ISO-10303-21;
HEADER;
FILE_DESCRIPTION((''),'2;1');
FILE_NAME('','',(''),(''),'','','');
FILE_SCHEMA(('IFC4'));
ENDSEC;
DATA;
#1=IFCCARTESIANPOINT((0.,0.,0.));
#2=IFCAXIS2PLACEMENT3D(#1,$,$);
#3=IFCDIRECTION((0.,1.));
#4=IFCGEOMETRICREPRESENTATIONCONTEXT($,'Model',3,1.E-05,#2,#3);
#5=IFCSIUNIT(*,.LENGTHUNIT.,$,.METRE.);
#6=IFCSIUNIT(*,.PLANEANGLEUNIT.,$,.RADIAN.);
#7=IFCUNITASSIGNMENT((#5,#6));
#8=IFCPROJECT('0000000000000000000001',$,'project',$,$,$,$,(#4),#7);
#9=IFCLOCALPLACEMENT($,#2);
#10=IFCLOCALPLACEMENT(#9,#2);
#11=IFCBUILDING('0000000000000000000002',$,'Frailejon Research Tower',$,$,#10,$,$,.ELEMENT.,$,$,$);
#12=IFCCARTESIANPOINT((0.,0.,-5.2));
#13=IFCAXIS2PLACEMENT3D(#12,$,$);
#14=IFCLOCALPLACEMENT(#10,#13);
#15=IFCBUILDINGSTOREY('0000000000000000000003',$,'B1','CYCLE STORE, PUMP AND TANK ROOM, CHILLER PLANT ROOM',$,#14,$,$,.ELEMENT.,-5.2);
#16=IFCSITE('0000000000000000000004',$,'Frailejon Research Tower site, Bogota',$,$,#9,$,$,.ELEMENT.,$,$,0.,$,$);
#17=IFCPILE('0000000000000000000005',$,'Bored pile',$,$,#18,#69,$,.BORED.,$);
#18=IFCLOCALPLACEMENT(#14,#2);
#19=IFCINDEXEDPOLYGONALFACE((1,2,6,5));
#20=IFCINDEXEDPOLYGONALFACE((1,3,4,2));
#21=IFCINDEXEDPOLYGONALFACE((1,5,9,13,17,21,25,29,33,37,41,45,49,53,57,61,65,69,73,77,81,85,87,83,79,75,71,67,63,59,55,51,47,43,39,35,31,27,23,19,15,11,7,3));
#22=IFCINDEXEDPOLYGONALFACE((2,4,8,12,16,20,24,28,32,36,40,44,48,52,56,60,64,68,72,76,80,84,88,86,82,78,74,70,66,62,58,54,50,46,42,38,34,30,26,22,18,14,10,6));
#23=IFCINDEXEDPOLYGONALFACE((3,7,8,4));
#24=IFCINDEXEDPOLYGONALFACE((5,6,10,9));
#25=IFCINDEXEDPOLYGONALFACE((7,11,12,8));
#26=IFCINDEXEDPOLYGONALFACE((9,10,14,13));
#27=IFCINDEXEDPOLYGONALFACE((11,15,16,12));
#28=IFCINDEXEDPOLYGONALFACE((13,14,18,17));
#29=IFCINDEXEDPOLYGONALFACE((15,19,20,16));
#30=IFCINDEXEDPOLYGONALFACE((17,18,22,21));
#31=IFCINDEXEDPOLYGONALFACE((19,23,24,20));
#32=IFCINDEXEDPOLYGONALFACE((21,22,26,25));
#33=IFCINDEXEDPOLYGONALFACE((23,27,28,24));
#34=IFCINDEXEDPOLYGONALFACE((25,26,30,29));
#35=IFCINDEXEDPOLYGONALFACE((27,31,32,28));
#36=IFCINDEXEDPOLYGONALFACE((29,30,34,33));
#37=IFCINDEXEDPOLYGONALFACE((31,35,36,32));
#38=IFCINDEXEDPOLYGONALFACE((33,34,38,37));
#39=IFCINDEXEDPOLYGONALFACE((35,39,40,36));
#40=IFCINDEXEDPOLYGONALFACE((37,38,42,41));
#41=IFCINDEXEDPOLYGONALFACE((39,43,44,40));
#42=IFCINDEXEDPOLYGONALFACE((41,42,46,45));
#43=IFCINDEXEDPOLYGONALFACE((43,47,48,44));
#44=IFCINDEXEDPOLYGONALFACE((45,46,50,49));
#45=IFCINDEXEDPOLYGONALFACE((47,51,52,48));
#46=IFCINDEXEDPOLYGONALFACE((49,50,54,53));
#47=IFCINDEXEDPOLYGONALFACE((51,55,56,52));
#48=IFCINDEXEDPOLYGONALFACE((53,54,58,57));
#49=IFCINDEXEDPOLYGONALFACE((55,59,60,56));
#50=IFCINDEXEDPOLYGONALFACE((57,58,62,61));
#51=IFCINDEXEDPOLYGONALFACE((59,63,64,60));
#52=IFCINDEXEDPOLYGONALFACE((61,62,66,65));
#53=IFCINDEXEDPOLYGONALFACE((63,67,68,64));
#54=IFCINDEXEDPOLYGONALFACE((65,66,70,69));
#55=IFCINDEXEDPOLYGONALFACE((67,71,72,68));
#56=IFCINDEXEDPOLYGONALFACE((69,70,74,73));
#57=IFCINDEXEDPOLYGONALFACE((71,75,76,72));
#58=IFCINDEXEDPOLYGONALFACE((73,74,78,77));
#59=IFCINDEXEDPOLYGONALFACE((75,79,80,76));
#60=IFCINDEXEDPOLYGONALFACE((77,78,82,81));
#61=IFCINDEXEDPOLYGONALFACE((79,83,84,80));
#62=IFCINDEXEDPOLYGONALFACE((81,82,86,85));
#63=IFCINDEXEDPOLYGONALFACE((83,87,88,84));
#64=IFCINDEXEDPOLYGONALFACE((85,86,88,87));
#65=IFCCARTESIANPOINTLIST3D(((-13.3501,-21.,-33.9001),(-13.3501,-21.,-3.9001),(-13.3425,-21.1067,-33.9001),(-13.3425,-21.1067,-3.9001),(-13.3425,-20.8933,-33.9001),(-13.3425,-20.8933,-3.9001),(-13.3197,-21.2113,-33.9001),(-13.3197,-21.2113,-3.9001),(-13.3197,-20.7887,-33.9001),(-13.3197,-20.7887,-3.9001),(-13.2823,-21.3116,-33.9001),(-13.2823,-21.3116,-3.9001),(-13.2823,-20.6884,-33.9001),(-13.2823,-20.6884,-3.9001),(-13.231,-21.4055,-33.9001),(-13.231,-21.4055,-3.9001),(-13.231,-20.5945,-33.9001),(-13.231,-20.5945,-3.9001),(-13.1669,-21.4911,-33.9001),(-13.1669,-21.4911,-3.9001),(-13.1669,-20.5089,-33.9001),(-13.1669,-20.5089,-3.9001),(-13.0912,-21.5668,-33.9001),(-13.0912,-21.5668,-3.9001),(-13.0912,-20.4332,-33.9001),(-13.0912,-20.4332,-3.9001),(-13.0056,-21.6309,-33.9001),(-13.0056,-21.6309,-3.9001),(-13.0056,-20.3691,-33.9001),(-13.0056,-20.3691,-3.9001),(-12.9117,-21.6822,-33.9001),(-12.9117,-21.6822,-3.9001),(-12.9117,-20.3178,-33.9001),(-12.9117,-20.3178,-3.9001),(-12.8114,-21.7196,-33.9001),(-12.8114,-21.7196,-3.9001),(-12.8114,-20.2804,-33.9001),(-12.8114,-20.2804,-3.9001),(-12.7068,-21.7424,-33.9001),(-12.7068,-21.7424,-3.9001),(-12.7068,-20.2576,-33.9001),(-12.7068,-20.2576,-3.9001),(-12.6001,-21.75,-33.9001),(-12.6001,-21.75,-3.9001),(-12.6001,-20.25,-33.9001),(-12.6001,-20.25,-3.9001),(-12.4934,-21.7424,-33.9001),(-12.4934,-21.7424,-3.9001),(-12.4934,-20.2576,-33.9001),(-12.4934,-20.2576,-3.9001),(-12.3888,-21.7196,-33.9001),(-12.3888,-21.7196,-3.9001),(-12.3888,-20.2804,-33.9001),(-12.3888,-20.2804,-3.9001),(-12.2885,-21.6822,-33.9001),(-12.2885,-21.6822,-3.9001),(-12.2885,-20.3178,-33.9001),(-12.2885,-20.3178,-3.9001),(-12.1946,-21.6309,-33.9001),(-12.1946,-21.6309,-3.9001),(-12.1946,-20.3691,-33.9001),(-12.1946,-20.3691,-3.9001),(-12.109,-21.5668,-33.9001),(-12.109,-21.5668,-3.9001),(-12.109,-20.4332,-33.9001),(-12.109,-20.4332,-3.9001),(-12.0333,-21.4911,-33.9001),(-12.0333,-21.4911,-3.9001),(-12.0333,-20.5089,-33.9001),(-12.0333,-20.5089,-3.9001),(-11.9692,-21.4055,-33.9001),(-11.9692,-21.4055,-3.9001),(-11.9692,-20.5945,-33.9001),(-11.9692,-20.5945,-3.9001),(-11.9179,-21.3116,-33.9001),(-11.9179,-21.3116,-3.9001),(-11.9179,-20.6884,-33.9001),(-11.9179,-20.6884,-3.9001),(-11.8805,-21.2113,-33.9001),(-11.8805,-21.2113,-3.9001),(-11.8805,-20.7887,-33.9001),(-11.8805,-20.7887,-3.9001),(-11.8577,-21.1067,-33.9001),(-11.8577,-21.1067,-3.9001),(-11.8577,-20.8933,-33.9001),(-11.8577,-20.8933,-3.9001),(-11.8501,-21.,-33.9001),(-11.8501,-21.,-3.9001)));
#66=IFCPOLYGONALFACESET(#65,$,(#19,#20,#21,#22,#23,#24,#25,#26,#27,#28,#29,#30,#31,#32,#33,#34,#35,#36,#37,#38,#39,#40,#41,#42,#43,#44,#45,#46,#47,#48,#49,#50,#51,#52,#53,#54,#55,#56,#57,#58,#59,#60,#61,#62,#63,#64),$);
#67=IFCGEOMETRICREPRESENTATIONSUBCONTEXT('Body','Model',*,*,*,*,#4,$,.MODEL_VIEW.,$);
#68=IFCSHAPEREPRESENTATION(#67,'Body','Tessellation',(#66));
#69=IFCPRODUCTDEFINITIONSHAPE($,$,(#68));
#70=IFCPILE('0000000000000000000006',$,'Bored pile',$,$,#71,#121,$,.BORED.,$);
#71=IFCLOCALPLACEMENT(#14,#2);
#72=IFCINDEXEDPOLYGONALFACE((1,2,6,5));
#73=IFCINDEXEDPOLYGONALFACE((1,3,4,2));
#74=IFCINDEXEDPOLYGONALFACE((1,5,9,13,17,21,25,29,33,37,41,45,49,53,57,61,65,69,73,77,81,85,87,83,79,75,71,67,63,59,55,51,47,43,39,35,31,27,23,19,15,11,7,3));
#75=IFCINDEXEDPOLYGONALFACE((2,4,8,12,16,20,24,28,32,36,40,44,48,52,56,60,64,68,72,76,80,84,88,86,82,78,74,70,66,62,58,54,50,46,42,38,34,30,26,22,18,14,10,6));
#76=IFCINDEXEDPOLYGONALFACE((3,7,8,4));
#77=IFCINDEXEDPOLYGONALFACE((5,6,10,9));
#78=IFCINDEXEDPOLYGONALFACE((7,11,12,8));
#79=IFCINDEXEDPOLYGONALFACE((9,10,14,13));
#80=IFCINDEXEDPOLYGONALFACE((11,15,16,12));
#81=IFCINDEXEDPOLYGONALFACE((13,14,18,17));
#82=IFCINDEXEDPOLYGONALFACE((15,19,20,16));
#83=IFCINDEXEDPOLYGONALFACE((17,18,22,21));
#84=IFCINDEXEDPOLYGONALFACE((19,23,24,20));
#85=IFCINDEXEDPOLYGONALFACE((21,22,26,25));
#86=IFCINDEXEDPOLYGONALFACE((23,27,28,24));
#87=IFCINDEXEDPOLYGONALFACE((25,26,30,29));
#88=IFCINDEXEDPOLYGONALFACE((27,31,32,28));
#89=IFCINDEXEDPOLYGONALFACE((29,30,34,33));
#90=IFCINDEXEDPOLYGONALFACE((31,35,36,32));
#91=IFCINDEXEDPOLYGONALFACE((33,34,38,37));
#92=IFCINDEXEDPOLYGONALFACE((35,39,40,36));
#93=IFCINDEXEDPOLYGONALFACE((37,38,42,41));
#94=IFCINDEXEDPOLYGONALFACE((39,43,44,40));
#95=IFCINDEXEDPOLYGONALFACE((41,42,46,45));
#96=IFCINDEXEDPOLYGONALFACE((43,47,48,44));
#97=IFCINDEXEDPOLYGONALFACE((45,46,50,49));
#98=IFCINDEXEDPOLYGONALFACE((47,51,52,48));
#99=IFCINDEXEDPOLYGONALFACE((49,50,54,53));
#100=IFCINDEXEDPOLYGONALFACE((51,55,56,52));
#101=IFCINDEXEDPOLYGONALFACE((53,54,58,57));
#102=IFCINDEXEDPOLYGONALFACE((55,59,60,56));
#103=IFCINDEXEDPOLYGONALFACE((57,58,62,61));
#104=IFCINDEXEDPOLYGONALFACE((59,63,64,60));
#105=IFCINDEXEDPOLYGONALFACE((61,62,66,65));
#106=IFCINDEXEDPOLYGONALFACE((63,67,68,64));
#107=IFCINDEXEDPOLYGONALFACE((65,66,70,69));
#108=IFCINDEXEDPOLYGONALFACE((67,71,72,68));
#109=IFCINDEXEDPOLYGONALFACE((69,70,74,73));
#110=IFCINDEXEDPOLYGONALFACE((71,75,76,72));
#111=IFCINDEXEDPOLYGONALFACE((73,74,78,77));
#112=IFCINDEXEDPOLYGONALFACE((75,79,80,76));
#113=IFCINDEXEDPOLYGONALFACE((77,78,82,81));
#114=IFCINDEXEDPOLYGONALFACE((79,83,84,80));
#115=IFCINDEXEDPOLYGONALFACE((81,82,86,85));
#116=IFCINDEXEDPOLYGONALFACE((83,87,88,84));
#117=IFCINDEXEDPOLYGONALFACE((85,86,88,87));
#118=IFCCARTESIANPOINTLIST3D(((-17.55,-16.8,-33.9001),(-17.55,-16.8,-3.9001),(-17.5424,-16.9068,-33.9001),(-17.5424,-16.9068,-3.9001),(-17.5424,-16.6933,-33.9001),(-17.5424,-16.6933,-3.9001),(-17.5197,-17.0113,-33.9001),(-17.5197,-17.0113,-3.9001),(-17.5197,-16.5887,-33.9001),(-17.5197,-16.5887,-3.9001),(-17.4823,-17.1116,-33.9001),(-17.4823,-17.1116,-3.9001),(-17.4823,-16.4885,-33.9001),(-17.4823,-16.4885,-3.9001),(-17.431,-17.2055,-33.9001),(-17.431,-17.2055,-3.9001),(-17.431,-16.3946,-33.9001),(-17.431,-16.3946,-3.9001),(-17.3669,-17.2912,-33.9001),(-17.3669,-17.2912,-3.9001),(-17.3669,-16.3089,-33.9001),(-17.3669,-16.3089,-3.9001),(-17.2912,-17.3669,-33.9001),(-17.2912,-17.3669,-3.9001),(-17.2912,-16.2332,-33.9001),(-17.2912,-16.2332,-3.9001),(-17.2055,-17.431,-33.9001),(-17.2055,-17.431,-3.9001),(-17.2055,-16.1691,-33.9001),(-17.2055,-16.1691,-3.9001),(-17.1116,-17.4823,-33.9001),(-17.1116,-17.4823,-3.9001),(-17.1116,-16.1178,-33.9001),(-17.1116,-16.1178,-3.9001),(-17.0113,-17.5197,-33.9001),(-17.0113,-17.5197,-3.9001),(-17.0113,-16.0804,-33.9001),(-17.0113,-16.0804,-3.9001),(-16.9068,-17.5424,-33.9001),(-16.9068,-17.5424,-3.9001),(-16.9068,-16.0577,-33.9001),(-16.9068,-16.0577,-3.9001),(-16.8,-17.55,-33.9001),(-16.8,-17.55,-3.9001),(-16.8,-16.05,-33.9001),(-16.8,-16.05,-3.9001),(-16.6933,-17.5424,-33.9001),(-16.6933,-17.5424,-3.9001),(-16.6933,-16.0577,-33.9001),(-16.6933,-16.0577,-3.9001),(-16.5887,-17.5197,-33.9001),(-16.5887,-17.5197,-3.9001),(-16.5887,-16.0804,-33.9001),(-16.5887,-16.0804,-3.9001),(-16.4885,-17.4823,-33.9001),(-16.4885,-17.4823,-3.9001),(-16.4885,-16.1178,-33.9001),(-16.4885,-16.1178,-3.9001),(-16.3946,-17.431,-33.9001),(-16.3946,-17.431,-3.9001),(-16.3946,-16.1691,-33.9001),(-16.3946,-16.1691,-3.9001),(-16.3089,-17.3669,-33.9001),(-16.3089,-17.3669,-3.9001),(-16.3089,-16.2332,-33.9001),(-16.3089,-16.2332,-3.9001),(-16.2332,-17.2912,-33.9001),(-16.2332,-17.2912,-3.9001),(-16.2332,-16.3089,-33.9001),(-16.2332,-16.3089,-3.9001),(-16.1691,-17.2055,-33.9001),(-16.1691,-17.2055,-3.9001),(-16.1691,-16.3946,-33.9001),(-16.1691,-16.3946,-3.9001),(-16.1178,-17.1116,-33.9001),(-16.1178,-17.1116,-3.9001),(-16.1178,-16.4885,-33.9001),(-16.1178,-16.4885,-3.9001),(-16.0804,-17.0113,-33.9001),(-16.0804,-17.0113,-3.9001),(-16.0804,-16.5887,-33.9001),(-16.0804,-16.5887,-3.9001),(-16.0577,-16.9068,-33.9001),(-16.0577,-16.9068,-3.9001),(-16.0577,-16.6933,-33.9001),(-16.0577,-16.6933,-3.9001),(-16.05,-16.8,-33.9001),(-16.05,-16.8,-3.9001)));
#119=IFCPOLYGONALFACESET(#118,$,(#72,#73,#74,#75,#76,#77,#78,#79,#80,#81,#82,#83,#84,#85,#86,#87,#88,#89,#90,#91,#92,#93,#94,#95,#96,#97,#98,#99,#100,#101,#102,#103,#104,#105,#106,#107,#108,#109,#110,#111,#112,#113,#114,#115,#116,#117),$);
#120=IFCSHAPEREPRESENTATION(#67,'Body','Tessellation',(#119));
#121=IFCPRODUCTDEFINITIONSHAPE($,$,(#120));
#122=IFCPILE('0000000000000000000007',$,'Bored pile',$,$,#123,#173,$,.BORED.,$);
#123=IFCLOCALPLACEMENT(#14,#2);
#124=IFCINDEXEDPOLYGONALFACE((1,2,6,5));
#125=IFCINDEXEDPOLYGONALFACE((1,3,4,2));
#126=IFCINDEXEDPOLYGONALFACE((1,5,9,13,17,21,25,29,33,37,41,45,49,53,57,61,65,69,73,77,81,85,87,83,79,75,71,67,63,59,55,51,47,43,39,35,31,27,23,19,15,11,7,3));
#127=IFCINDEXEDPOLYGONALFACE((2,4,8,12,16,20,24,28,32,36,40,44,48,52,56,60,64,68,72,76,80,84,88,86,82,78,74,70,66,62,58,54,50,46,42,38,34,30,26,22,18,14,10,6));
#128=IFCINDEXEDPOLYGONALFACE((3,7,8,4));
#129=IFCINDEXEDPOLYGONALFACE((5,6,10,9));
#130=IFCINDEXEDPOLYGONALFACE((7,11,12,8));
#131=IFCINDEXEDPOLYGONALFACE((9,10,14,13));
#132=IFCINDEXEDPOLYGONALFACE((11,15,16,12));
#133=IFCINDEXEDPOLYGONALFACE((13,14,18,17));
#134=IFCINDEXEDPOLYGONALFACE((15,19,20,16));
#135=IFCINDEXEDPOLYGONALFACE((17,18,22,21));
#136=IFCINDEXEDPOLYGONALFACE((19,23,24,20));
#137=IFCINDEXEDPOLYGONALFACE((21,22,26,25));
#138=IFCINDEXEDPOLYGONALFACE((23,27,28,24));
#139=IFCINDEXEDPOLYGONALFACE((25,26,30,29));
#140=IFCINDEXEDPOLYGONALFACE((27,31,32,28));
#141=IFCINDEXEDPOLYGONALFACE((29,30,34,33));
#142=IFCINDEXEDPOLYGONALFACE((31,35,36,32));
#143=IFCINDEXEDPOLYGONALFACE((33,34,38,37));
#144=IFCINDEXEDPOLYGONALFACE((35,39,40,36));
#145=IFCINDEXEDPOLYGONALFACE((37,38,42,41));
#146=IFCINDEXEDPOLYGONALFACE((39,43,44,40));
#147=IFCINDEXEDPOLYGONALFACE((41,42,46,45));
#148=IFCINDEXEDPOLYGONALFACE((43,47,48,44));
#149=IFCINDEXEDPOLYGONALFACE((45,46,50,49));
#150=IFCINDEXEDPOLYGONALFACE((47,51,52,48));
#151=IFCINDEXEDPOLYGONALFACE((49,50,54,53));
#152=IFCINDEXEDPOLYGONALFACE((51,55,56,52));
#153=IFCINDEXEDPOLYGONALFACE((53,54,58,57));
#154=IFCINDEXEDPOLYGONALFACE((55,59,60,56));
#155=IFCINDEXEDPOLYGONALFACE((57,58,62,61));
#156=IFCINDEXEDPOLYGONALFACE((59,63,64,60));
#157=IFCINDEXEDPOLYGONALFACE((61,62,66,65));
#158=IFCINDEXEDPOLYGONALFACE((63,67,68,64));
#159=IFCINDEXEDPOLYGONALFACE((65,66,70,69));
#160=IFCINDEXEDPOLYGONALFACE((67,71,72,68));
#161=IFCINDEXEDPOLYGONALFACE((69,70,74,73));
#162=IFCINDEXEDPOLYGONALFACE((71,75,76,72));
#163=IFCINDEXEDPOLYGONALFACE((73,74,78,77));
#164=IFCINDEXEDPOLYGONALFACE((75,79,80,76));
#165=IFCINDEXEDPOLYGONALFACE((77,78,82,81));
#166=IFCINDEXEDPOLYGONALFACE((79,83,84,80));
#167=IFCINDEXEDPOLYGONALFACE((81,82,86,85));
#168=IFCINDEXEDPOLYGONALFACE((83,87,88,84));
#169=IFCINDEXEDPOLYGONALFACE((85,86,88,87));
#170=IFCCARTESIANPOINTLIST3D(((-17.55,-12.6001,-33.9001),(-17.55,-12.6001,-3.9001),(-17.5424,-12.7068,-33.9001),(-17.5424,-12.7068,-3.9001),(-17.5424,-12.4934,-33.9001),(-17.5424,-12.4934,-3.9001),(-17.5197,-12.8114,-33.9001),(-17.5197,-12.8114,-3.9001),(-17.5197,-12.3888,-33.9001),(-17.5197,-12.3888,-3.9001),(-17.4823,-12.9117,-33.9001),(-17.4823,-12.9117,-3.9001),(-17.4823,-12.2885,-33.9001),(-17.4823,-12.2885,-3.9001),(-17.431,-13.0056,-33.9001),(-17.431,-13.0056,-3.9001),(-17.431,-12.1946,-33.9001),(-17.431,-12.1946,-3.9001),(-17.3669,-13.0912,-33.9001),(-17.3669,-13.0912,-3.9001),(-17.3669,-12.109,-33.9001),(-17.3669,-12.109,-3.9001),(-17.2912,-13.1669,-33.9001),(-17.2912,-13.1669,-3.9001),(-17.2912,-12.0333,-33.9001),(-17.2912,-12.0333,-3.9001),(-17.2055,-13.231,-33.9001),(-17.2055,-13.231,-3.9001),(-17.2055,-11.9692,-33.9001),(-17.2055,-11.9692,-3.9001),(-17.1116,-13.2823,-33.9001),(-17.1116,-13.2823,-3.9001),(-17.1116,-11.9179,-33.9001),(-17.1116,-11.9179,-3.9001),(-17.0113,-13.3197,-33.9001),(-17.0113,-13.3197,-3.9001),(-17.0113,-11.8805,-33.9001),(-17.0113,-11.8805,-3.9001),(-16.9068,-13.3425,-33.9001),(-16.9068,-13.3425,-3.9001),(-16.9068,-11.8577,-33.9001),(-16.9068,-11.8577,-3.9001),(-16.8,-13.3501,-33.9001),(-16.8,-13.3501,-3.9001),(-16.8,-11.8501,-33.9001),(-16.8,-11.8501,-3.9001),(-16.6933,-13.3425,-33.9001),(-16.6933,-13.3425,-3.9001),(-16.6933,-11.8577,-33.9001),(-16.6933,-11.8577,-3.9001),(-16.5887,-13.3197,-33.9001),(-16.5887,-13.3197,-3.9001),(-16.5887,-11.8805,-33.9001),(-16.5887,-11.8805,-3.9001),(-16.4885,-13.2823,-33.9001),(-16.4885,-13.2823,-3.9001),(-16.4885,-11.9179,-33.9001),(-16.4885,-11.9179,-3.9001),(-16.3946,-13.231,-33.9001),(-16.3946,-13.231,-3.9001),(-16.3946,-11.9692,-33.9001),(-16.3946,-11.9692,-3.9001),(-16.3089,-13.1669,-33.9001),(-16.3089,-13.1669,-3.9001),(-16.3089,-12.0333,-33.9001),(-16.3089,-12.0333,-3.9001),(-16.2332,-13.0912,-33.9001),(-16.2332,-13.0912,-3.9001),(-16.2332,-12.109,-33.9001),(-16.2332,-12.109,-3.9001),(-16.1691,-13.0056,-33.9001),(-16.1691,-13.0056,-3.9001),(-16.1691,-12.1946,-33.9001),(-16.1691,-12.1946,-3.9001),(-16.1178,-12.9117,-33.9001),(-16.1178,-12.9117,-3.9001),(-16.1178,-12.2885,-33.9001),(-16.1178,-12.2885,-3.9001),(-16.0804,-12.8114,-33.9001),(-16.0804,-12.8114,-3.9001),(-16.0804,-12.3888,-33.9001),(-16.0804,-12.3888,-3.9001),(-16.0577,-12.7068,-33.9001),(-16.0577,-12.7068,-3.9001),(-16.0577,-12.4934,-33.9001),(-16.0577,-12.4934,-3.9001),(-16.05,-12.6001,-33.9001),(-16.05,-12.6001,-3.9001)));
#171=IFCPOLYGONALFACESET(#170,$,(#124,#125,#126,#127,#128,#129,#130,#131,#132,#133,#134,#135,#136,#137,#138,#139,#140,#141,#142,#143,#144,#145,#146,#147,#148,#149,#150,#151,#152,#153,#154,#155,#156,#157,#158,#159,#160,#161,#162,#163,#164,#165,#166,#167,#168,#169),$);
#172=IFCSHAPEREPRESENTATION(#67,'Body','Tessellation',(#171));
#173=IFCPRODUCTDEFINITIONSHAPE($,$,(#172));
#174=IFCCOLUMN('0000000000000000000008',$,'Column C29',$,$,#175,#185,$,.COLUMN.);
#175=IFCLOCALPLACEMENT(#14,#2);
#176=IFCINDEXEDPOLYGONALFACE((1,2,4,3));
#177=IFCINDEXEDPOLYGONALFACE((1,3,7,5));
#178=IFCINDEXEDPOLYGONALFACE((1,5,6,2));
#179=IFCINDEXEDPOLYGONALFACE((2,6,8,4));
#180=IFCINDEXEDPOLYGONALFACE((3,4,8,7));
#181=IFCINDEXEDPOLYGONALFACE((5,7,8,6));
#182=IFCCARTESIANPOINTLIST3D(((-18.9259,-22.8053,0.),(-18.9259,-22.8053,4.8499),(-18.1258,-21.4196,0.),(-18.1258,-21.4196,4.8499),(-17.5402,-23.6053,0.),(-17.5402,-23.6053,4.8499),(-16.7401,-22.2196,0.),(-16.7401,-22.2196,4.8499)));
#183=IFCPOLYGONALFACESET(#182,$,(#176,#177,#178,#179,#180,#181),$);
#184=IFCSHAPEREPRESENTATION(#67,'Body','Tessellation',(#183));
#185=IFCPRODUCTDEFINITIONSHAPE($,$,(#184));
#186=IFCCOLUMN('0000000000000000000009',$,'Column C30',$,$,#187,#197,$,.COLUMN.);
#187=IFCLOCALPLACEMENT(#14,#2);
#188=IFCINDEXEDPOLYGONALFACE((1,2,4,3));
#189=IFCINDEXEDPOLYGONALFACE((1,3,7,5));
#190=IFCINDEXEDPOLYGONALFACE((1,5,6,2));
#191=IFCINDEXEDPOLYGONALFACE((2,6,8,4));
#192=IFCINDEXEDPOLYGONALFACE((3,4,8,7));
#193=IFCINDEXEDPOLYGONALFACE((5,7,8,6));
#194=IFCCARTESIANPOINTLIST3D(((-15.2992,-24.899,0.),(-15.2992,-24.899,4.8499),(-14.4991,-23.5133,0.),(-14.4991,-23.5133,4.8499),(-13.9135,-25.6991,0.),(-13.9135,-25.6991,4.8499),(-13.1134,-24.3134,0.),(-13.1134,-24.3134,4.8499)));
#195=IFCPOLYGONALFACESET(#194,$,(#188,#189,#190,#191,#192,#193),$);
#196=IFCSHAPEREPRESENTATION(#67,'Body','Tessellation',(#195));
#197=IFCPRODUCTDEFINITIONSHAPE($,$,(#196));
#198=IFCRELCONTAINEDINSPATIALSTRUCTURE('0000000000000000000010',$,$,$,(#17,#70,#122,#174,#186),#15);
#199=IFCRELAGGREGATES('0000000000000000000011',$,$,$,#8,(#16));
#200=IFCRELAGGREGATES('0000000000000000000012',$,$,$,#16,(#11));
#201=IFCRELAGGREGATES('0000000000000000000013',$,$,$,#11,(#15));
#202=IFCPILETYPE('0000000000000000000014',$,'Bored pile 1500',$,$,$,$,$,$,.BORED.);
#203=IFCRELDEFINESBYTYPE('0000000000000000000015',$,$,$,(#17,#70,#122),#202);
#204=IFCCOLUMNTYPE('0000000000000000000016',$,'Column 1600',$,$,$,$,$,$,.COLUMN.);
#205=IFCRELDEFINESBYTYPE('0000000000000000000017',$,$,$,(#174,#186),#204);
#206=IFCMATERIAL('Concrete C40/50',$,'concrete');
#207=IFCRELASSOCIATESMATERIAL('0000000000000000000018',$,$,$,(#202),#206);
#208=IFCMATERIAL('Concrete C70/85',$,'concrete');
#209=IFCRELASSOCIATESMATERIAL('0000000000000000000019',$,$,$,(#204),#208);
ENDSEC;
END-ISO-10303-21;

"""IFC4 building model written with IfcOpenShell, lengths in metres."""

from ifc_helpers import new_model, si_unit, direction, frame, origin, origin_2d, place, context, subcontext, project, spatial, rectangle, circle, extrude, material, material_profile, profile_set, type_object, element, save


model = new_model("IFC4")

# Units and contexts
model_context = context("Model", 3, precision=1e-05, world=origin(), true_north=direction((0.0, 1.0)))
body_context = subcontext(model_context, "Body", "Model", "MODEL_VIEW")
ifc_project = project(units=[si_unit("LENGTHUNIT", "METRE"), si_unit("PLANEANGLEUNIT", "RADIAN")], contexts=[model_context])

# Site, building, storey
site_placement = place(None, origin())
site = spatial("IfcSite", under=ifc_project, at=site_placement, Name="Frailejon Research Tower site, Bogota", CompositionType="ELEMENT", RefElevation=0.0)
building_placement = place(site_placement, origin())
building = spatial("IfcBuilding", under=site, at=building_placement, Name="Frailejon Research Tower", CompositionType="ELEMENT")
storey_placement = place(building_placement, frame((0.0, 0.0, -5.2)))
storey = spatial("IfcBuildingStorey", under=building, at=storey_placement, Name="B1", Description="CYCLE STORE, PUMP AND TANK ROOM, CHILLER PLANT ROOM", CompositionType="ELEMENT", Elevation=-5.2)

# Piles
ifc_material_1 = material(Name="Concrete C40/50", Category="concrete")
ifc_material_profile_1 = material_profile(ifc_material_1, circle(Radius=0.75, at=origin_2d()), Name="Bored pile 1500")
ifc_profile_set_1 = profile_set([ifc_material_profile_1], Name="Concrete C40/50")
pile_type = type_object("IfcPileType", Name="Bored pile 1500", PredefinedType="BORED", material=ifc_profile_set_1)
for number, where, z_axis, x_axis, name in (
    (1, (-12.6001, -21.0, -3.9001), (0.0, 0.0, -1.0), (1.0, 0.0, 0.0), "Bored pile"),
    (2, (-16.8, -16.8, -3.9001), (0.0, 0.0, -1.0), (1.0, 0.0, 0.0), "Bored pile"),
    (3, (-16.8, -12.6001, -3.9001), (0.0, 0.0, -1.0), (1.0, 0.0, 0.0), "Bored pile"),
):
    element("IfcPile", number, at=place(storey_placement, frame(where, z_axis=z_axis, x_axis=x_axis)), inside=storey, type_object=pile_type, Name=name, PredefinedType="BORED", context=body_context, shape_type="SweptSolid", body=[
        extrude(circle(Radius=0.75, at=origin_2d()), origin(), (0.0, 0.0, 1.0), 30.0),
    ])

# Columns
ifc_material_2 = material(Name="Concrete C70/85", Category="concrete")
ifc_material_profile_2 = material_profile(ifc_material_2, rectangle(XDim=1.6001, YDim=1.6001, at=origin_2d()), Name="Column 1600")
ifc_profile_set_2 = profile_set([ifc_material_profile_2], Name="Concrete C70/85")
column_type = type_object("IfcColumnType", Name="Column 1600", PredefinedType="COLUMN", material=ifc_profile_set_2)
for number, where, z_axis, x_axis, name in (
    (4, (-17.833, -22.5125, 0.0), (0.0, 0.0, 1.0), (0.866025, -0.5, 0.0), "Column C29"),
    (5, (-14.2063, -24.6062, 0.0), (0.0, 0.0, 1.0), (0.866025, -0.5, 0.0), "Column C30"),
):
    element("IfcColumn", number, at=place(storey_placement, frame(where, z_axis=z_axis, x_axis=x_axis)), inside=storey, type_object=column_type, Name=name, PredefinedType="COLUMN", context=body_context, shape_type="SweptSolid", body=[
        extrude(rectangle(XDim=1.6001, YDim=1.6001, at=origin_2d()), origin(), (0.0, 0.0, 1.0), 4.8499),
    ])

save(model, "model.ifc")
